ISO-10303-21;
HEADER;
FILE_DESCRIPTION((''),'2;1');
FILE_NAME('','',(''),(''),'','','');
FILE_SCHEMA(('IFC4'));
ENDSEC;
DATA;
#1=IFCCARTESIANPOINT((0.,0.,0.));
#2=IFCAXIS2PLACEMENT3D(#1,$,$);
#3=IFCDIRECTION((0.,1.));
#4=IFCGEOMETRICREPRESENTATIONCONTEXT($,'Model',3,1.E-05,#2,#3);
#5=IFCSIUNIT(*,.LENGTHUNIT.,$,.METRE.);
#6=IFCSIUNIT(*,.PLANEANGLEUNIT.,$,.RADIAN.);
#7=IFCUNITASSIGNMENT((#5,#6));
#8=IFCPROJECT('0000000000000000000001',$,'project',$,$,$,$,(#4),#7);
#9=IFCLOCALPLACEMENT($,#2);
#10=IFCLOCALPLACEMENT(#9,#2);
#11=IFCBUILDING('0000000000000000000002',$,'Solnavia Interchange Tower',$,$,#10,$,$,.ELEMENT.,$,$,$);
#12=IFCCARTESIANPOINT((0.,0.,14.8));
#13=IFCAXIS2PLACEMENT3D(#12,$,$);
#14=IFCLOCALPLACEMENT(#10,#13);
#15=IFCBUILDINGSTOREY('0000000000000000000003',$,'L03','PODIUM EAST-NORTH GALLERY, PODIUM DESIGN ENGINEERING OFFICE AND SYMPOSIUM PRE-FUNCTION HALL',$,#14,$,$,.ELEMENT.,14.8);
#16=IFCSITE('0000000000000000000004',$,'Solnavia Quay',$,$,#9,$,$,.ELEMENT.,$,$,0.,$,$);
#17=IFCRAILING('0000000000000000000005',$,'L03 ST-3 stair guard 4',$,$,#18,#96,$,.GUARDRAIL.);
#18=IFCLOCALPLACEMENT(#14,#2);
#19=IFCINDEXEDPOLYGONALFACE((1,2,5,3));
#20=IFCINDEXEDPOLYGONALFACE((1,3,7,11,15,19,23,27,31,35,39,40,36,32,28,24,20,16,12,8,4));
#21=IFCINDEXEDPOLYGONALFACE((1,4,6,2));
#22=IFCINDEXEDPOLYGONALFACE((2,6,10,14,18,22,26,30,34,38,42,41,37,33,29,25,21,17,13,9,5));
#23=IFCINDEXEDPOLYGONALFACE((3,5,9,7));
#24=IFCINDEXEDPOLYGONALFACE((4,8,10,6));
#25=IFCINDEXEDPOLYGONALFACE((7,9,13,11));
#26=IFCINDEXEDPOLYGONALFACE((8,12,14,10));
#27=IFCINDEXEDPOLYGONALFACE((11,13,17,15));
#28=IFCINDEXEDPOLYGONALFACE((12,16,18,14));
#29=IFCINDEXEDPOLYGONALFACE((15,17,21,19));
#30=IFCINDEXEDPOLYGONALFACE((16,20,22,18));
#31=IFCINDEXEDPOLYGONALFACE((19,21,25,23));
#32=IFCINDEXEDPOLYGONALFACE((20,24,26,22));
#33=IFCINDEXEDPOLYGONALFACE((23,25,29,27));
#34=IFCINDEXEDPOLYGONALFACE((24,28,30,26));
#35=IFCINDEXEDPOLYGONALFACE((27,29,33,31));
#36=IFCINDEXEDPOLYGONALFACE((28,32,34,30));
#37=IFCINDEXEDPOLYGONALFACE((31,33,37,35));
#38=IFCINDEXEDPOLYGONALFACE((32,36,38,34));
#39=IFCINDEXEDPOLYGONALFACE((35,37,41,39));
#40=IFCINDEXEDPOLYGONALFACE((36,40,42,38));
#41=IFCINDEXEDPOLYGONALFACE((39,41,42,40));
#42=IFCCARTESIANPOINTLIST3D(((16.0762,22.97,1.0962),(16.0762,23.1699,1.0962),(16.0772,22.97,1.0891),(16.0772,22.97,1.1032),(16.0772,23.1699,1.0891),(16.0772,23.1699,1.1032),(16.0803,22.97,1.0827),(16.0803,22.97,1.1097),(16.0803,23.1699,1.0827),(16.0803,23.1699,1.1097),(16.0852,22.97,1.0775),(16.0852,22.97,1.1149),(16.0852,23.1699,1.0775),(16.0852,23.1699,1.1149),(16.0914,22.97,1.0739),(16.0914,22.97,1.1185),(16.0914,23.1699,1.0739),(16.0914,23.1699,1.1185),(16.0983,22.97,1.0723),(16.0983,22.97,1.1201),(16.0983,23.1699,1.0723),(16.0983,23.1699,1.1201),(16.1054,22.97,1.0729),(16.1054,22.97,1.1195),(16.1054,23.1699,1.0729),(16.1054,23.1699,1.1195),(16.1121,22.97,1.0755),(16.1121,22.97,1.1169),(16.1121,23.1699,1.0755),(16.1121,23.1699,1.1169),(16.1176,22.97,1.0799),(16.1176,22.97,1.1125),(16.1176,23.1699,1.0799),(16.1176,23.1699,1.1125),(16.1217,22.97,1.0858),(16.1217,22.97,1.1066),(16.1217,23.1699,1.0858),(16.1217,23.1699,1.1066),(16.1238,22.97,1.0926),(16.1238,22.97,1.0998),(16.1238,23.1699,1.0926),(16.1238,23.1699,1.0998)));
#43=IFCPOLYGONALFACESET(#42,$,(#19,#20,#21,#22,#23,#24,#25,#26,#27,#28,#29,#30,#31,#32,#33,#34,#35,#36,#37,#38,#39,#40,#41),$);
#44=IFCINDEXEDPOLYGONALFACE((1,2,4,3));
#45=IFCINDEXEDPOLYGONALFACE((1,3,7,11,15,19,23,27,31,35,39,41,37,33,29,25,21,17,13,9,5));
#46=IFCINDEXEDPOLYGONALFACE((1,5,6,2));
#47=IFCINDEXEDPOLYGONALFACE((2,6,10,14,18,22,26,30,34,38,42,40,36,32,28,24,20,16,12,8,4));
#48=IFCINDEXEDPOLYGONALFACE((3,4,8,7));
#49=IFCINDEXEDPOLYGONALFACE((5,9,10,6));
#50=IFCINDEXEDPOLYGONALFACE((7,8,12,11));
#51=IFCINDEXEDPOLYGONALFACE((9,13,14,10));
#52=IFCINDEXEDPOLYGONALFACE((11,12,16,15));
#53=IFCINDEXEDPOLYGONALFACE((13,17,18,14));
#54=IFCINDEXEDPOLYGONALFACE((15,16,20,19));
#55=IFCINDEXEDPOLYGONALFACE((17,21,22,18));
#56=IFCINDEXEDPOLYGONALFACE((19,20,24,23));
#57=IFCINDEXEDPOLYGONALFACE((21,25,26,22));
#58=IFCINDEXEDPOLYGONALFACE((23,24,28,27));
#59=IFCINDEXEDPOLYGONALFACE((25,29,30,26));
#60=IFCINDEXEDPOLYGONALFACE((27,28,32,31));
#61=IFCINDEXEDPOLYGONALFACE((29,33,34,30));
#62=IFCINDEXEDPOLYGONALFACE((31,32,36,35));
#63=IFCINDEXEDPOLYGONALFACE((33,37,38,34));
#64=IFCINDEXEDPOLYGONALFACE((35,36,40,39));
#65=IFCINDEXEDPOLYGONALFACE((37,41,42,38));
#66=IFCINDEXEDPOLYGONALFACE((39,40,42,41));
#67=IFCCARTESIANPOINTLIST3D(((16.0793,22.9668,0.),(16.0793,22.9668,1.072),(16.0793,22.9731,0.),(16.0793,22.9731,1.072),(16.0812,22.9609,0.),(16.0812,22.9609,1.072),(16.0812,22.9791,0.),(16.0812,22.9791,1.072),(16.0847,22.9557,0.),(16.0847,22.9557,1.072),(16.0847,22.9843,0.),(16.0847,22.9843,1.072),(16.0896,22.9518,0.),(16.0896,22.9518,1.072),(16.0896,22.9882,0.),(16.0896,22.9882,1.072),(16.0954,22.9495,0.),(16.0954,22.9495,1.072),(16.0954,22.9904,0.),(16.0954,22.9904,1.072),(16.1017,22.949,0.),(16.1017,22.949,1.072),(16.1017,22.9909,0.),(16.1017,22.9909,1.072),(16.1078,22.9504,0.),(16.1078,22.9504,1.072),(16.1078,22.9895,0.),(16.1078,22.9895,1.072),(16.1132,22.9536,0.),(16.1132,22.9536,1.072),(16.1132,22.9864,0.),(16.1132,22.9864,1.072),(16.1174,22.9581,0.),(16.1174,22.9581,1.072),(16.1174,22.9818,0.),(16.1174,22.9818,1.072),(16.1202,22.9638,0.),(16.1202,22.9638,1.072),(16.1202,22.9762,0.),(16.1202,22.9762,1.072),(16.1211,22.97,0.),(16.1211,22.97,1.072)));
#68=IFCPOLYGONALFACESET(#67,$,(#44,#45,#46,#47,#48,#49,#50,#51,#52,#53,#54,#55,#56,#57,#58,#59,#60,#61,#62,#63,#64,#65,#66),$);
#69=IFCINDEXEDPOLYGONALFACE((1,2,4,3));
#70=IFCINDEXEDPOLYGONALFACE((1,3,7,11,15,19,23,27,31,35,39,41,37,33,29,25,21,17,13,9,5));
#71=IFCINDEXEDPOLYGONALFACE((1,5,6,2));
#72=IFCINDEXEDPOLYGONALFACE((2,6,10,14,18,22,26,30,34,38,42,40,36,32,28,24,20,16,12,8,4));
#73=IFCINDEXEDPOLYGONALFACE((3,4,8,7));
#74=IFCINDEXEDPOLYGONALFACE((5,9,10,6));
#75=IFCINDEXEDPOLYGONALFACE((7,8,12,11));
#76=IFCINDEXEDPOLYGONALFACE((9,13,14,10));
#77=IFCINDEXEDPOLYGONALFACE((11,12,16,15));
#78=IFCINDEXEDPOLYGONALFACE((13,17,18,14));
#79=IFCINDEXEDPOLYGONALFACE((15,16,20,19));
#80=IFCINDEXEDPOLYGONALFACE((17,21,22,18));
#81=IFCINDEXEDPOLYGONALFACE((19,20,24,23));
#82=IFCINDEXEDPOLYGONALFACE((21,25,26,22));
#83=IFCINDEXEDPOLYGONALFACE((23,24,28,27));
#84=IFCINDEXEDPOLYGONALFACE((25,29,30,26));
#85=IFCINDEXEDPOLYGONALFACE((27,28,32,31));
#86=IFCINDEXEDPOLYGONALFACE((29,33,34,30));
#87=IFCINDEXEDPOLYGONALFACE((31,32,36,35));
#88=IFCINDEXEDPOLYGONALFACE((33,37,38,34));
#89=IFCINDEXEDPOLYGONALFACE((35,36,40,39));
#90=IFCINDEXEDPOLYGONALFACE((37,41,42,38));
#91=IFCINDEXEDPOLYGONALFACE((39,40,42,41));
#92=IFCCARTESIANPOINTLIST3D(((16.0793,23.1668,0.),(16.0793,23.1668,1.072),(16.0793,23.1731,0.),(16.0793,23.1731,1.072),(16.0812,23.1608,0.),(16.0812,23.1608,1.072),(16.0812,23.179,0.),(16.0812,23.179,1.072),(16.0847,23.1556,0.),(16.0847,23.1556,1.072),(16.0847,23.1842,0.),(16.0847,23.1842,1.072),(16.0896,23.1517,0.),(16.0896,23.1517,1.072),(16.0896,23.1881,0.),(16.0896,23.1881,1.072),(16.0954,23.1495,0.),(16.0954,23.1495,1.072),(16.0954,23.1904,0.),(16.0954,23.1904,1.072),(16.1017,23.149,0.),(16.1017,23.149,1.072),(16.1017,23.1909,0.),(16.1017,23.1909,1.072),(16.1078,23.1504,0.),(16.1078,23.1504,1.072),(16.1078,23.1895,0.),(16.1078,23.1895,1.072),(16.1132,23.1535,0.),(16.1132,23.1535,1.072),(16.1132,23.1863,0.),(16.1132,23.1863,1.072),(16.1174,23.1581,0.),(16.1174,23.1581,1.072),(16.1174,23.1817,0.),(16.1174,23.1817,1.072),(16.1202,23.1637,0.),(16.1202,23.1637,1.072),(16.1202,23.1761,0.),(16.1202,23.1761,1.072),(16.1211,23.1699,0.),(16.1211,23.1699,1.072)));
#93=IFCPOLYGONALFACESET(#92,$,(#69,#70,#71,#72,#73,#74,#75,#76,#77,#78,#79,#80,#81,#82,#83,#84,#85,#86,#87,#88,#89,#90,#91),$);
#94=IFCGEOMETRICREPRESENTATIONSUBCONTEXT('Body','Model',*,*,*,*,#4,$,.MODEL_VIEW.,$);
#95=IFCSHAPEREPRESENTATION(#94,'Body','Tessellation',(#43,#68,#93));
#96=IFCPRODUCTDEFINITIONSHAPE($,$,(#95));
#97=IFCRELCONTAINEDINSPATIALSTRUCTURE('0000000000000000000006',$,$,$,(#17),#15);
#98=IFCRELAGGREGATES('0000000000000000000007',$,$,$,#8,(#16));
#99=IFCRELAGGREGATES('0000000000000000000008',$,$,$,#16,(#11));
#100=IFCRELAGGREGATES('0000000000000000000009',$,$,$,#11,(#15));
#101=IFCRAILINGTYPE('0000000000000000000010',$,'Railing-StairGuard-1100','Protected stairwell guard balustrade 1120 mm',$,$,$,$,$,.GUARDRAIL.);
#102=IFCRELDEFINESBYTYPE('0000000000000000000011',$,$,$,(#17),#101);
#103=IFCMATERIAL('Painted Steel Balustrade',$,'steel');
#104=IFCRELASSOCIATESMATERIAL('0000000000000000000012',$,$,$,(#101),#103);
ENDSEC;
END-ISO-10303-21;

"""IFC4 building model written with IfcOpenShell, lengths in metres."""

from ifc_helpers import new_model, si_unit, direction, frame, origin, origin_2d, place, context, subcontext, project, spatial, circle, extrude, material, type_object, element, save


model = new_model("IFC4")

# Units and contexts
model_context = context("Model", 3, precision=1e-05, world=origin(), true_north=direction((0.0, 1.0)))
body_context = subcontext(model_context, "Body", "Model", "MODEL_VIEW")
ifc_project = project(units=[si_unit("LENGTHUNIT", "METRE"), si_unit("PLANEANGLEUNIT", "RADIAN")], contexts=[model_context])

# Site, building, storey
site_placement = place(None, origin())
site = spatial("IfcSite", under=ifc_project, at=site_placement, Name="Solnavia Quay", CompositionType="ELEMENT", RefElevation=0.0)
building_placement = place(site_placement, origin())
building = spatial("IfcBuilding", under=site, at=building_placement, Name="Solnavia Interchange Tower", CompositionType="ELEMENT")
storey_placement = place(building_placement, frame((0.0, 0.0, 14.8)))
storey = spatial("IfcBuildingStorey", under=building, at=storey_placement, Name="L03", Description="PODIUM EAST-NORTH GALLERY, PODIUM DESIGN ENGINEERING OFFICE AND SYMPOSIUM PRE-FUNCTION HALL", CompositionType="ELEMENT", Elevation=14.8)

# Railing
ifc_material_1 = material(Name="Painted Steel Balustrade", Category="steel")
railing_type_1 = type_object("IfcRailingType", Name="Railing-StairGuard-1100", Description="Protected stairwell guard balustrade 1120 mm", PredefinedType="GUARDRAIL", material=ifc_material_1)
railing_1_placement = place(storey_placement, frame((16.1001, 22.97, 0.0)))
element("IfcRailing", 1, at=railing_1_placement, inside=storey, type_object=railing_type_1, Name="L03 ST-3 stair guard 4", PredefinedType="GUARDRAIL", context=body_context, shape_type="SweptSolid", body=[
    extrude(circle(Radius=0.0239, at=origin_2d()), frame((0.0, 0.0, 1.0962), z_axis=(0.0, 1.0, 0.0), x_axis=(-1.0, 0.0, 0.0)), (0.0, 0.0, 1.0), 0.2),
    extrude(circle(Radius=0.021, at=origin_2d()), origin(), (0.0, 0.0, 1.0), 1.072),
    extrude(circle(Radius=0.021, at=origin_2d()), frame((0.0, 0.2, 0.0)), (0.0, 0.0, 1.0), 1.072),
])

save(model, "model.ifc")
